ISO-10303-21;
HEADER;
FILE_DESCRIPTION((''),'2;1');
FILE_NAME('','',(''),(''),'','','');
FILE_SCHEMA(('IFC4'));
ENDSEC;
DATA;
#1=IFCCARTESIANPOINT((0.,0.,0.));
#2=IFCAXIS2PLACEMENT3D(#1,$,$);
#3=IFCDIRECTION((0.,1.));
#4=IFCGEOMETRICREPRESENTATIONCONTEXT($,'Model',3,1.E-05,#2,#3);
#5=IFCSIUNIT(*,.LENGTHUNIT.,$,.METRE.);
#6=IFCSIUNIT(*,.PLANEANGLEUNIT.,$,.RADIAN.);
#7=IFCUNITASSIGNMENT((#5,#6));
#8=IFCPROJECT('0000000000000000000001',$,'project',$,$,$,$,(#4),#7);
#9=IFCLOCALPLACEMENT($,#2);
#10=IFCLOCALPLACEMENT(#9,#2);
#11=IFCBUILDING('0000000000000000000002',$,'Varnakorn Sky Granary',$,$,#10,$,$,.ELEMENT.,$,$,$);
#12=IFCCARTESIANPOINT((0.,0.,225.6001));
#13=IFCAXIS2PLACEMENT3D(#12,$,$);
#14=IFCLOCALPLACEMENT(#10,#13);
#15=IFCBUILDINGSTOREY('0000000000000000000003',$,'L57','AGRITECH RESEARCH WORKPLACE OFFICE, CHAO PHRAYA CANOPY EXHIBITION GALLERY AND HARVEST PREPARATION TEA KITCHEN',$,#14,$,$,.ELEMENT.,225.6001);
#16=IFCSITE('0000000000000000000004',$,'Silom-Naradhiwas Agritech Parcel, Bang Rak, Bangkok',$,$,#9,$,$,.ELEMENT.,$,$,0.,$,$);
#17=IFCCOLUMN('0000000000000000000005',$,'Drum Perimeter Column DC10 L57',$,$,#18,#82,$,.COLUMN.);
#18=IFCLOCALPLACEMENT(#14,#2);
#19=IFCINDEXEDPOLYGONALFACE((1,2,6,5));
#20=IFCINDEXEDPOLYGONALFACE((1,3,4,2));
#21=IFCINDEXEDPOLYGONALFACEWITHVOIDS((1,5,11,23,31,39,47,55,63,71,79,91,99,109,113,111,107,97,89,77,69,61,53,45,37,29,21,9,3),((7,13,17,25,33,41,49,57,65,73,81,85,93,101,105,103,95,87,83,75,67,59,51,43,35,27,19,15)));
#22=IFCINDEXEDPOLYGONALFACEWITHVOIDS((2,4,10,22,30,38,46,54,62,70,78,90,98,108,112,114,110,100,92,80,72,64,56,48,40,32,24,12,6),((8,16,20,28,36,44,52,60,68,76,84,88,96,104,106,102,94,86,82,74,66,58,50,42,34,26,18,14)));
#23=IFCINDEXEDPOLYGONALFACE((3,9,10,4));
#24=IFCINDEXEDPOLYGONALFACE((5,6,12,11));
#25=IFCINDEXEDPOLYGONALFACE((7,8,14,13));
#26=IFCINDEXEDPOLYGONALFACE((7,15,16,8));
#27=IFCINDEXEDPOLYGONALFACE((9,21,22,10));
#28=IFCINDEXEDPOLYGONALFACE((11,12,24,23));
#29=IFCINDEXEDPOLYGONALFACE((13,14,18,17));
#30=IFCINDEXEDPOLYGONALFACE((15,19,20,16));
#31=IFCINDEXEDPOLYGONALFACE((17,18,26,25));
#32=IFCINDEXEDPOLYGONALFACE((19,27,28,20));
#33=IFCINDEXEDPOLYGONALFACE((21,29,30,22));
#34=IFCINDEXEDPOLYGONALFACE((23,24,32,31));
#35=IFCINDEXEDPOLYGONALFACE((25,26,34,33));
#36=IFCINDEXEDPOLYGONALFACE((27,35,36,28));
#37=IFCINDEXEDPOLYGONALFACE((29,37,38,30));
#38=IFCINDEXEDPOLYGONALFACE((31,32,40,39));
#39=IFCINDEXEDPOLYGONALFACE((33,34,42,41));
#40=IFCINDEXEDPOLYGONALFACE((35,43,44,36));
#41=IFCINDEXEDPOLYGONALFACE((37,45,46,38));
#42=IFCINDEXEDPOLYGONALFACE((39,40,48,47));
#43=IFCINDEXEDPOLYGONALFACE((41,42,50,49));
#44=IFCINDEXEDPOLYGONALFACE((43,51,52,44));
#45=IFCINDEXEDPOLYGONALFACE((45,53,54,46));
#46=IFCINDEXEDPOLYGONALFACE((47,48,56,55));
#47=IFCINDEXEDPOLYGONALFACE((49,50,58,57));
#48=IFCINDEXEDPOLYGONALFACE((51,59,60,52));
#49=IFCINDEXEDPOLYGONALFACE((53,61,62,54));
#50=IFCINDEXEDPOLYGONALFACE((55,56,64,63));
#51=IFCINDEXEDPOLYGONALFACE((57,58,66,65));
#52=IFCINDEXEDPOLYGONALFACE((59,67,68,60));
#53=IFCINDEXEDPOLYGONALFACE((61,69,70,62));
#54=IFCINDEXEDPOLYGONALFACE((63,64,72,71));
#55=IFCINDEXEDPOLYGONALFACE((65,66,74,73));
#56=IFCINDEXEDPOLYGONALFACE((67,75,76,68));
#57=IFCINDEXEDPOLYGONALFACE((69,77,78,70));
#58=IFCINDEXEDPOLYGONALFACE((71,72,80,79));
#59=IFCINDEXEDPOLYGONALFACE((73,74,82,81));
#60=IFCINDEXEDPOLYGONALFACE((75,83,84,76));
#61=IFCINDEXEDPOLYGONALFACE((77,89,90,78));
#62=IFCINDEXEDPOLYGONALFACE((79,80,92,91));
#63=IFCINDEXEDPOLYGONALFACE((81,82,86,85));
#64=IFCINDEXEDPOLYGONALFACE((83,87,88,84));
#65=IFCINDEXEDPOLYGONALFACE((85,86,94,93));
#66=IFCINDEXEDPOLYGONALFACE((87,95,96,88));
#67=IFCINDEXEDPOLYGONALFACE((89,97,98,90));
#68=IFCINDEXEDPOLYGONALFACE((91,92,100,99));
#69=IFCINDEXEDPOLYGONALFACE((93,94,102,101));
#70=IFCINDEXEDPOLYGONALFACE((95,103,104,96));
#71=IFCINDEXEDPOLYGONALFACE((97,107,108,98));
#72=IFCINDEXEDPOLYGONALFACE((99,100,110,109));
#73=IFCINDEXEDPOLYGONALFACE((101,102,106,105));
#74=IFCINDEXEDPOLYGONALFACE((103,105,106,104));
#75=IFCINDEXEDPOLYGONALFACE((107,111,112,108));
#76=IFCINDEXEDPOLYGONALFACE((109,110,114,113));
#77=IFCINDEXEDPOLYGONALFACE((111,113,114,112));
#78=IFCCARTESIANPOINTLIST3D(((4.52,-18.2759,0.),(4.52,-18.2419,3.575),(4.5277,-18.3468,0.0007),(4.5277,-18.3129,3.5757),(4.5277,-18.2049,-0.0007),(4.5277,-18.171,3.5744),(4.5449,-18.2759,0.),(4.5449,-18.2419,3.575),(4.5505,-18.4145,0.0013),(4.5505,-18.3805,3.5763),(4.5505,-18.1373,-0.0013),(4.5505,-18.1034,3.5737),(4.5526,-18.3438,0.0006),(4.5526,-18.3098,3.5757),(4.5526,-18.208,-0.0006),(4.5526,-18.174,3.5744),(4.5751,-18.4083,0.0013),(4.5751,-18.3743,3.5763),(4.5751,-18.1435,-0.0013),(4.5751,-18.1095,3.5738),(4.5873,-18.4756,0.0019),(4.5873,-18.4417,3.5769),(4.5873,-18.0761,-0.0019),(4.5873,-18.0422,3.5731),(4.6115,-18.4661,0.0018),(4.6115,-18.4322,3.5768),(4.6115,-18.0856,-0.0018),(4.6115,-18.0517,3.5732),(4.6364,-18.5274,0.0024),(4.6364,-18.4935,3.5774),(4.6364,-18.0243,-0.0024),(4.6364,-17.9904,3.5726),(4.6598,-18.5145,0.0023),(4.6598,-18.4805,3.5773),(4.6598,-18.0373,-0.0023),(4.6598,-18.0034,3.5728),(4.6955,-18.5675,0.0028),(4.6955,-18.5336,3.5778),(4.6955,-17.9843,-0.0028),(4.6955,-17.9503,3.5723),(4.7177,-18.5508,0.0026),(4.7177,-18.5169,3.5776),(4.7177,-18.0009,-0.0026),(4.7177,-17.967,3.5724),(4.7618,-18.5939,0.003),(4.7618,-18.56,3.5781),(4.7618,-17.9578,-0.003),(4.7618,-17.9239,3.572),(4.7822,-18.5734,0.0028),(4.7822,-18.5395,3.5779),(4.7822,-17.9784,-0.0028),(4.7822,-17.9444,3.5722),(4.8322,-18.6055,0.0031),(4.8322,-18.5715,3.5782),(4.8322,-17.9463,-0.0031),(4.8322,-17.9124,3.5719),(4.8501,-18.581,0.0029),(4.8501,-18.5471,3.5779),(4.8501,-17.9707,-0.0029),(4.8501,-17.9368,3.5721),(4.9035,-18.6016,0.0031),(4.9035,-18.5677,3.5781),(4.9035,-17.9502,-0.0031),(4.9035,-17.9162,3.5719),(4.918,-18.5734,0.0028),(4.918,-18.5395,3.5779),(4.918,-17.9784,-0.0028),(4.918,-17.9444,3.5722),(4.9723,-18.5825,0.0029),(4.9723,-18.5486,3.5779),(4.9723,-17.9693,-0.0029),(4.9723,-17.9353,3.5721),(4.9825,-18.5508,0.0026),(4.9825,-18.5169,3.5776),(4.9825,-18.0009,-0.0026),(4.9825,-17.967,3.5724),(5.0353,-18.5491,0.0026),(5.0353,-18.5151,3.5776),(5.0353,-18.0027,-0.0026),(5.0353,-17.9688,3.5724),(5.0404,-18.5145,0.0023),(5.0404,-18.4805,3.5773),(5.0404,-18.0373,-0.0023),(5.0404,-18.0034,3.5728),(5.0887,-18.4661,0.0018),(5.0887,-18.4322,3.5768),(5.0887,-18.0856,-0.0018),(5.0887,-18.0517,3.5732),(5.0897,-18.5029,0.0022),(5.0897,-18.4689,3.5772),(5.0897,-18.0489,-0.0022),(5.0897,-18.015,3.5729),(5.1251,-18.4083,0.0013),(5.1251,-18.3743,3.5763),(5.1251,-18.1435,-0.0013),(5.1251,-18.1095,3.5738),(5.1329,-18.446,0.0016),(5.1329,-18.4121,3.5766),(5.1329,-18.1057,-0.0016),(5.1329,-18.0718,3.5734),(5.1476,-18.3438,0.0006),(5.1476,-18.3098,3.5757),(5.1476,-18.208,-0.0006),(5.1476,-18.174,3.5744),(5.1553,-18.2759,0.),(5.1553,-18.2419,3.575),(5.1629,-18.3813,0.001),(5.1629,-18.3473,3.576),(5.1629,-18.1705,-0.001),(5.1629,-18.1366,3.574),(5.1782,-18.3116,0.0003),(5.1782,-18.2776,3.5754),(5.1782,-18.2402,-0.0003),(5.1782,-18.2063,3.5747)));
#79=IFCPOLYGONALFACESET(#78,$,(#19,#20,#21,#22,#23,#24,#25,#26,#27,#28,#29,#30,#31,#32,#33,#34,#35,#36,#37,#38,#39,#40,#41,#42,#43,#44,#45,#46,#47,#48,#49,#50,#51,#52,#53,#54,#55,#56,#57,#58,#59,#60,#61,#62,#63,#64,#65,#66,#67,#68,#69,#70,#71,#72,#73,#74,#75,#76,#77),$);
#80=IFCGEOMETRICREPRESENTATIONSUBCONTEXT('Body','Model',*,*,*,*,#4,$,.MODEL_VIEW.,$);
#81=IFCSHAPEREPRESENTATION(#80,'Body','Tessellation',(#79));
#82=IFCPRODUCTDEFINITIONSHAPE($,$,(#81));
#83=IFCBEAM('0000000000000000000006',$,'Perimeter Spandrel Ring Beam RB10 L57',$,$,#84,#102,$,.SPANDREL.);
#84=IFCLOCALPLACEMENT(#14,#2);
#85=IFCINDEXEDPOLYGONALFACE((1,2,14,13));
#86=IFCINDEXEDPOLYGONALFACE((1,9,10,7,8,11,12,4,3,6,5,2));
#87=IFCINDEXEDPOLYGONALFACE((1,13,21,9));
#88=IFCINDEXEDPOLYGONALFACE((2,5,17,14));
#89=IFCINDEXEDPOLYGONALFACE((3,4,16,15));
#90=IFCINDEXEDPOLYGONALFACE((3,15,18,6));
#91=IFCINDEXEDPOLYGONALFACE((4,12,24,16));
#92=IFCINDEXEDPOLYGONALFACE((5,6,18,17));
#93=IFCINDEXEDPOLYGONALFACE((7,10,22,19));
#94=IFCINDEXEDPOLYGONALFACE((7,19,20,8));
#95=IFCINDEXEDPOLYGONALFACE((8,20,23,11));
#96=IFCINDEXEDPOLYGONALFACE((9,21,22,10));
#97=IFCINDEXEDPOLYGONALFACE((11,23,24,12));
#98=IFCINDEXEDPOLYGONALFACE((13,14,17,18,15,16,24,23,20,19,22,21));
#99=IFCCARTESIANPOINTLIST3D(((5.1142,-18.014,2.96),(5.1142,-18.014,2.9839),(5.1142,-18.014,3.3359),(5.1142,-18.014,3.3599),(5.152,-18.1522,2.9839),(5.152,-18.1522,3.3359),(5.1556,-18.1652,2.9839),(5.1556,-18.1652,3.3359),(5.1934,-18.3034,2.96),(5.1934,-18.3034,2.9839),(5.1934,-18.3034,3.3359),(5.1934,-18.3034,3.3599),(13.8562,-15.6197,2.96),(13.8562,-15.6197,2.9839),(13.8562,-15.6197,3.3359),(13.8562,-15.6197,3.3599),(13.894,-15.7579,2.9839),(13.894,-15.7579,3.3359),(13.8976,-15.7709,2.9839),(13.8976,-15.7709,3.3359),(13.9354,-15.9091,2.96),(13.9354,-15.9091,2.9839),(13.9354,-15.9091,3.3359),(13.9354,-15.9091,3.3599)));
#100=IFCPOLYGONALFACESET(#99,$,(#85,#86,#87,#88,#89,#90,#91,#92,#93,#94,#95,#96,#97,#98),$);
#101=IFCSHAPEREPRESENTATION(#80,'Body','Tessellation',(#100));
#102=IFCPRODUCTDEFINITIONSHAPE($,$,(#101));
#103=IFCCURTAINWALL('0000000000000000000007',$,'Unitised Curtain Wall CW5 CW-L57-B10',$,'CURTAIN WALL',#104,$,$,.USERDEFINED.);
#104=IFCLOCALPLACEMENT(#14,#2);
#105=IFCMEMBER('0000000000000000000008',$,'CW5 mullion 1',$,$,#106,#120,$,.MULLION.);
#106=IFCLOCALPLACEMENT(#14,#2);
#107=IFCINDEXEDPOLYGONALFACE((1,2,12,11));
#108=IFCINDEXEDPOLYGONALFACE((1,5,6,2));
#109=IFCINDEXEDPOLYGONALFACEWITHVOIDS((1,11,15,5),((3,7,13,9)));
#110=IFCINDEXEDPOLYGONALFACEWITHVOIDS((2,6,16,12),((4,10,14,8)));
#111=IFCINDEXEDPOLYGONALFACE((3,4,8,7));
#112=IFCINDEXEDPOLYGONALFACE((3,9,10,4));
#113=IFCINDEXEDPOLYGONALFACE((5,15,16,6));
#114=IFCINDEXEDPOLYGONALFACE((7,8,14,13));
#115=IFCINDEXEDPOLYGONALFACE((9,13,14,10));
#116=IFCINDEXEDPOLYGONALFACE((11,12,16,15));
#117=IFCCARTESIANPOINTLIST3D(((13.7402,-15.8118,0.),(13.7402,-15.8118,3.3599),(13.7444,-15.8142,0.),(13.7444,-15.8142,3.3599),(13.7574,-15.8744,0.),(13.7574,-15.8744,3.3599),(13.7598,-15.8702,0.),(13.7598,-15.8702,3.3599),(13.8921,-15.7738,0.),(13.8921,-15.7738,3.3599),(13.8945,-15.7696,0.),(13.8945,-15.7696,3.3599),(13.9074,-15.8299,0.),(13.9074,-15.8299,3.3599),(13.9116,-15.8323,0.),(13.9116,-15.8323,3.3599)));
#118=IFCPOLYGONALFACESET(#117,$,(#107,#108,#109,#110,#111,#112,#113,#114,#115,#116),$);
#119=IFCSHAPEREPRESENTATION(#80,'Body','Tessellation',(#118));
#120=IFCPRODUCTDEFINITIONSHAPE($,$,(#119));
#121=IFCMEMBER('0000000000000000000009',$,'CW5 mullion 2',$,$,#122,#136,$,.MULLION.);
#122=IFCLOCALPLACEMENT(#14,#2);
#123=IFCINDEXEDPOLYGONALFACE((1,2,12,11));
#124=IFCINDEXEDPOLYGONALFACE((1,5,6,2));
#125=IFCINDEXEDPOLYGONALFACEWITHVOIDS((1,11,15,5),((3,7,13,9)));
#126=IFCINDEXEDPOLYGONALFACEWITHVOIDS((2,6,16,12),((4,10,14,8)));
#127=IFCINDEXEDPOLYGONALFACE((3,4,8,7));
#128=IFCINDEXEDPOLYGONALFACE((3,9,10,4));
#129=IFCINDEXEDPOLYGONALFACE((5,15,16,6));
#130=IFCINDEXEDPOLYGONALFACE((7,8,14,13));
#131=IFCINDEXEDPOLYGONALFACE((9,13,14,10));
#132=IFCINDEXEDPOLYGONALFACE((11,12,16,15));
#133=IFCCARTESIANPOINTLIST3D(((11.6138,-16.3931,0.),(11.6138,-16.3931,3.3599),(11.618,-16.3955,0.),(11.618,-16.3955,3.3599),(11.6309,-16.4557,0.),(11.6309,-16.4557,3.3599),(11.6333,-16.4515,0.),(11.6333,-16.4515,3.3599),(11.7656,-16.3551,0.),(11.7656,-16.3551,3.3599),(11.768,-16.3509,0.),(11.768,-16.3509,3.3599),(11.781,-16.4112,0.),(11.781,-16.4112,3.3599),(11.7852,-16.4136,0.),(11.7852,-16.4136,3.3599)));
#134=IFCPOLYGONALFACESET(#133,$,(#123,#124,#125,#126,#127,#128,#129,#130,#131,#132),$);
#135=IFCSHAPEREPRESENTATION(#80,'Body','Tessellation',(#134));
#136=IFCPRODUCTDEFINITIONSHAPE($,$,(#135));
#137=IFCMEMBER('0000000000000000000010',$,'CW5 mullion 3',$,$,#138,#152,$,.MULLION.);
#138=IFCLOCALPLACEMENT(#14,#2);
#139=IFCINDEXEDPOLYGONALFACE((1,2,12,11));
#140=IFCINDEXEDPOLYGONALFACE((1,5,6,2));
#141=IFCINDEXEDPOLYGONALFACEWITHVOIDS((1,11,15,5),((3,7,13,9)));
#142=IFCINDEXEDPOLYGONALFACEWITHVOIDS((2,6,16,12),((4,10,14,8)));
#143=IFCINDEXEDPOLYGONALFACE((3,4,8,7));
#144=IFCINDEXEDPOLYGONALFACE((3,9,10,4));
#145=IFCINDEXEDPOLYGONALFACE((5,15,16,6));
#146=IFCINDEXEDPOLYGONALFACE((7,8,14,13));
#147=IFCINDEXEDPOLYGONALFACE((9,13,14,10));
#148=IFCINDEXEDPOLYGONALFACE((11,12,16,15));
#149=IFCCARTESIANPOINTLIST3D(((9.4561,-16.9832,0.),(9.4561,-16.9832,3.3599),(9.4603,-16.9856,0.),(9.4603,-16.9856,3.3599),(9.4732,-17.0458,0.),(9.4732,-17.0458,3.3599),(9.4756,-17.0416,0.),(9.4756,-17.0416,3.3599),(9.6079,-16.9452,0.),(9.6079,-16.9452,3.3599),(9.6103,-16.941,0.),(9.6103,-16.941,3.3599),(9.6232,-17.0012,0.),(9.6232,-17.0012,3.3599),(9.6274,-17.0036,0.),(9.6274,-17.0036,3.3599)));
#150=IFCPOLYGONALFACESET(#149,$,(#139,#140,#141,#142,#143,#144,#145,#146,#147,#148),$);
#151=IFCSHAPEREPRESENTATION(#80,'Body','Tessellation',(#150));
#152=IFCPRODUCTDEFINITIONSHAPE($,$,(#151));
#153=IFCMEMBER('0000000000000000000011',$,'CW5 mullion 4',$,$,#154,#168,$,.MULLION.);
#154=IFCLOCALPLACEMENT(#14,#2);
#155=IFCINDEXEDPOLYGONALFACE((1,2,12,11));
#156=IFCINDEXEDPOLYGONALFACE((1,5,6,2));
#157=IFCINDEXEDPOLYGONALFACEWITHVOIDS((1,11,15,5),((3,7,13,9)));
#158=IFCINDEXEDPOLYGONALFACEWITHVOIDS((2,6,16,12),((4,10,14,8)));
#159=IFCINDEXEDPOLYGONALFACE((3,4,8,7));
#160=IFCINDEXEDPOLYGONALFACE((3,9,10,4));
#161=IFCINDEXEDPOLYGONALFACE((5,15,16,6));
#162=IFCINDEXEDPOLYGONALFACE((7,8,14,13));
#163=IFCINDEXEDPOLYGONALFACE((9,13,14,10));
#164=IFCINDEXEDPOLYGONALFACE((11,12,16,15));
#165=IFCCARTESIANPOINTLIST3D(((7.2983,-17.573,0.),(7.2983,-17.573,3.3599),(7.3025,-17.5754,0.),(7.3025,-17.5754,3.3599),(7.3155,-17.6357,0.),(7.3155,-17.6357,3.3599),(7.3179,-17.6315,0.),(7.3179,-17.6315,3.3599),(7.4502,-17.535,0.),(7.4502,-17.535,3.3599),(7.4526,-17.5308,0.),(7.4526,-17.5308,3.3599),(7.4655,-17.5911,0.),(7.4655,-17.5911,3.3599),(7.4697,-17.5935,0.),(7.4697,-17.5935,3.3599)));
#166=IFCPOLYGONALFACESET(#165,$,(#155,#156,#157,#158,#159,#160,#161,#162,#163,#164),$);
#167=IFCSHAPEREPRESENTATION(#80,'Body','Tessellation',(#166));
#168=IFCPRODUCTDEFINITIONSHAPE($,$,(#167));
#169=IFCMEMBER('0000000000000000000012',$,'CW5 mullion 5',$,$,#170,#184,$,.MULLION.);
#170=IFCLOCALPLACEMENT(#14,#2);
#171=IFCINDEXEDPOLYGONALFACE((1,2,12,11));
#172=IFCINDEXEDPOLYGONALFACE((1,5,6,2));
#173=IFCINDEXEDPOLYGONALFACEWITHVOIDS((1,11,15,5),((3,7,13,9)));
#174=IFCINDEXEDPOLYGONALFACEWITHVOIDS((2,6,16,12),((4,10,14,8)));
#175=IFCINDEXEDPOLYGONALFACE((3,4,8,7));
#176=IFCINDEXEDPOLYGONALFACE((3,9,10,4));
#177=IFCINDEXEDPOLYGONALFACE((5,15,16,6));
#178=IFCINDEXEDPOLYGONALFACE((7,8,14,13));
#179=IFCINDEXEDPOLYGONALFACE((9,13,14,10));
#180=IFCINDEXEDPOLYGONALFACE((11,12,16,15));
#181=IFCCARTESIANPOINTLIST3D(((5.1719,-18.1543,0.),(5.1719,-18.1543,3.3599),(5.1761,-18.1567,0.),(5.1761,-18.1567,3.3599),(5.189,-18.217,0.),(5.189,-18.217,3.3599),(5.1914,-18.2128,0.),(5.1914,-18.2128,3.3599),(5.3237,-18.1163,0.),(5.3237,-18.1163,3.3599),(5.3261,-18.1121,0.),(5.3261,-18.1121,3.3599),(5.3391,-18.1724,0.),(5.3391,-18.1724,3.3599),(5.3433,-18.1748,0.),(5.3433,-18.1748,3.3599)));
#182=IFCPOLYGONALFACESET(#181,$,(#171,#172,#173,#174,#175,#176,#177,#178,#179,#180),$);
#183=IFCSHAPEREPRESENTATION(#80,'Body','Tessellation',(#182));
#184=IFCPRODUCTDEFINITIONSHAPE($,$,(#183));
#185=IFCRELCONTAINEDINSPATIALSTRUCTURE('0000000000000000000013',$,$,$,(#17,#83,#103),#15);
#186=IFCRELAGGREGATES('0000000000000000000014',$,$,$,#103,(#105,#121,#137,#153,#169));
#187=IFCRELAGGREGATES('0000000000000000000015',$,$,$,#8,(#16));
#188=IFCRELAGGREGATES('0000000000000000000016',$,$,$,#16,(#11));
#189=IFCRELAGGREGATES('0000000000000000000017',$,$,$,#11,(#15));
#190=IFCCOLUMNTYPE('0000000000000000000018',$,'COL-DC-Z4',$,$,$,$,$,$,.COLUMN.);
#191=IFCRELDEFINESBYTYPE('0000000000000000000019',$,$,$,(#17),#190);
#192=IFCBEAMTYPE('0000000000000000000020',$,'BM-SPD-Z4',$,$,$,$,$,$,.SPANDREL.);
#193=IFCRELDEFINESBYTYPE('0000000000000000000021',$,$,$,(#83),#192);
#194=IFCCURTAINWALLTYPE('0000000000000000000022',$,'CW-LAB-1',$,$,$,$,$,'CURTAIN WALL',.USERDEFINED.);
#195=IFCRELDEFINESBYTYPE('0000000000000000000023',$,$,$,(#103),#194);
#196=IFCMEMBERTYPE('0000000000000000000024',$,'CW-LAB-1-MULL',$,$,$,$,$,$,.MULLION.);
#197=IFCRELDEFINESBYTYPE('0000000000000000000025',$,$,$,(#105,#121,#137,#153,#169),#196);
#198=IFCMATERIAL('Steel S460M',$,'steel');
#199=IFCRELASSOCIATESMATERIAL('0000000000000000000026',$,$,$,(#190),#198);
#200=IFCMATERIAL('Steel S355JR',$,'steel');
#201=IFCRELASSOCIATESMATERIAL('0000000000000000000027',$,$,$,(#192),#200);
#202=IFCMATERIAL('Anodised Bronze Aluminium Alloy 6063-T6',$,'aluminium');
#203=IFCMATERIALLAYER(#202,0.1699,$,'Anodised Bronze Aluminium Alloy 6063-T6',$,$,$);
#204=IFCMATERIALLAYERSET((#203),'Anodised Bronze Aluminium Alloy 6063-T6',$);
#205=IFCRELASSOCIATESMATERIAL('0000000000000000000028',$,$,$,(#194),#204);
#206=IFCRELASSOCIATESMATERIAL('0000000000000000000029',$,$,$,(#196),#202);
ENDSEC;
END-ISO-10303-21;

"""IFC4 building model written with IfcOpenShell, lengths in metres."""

from ifc_helpers import new_model, si_unit, direction, frame, origin, origin_2d, place, context, subcontext, project, spatial, hollow_rectangle, hollow_circle, i_section, extrude, material, layer, layer_set, material_profile, profile_set, type_object, element, aggregate, save


model = new_model("IFC4")

# Units and contexts
model_context = context("Model", 3, precision=1e-05, world=origin(), true_north=direction((0.0, 1.0)))
body_context = subcontext(model_context, "Body", "Model", "MODEL_VIEW")
ifc_project = project(units=[si_unit("LENGTHUNIT", "METRE"), si_unit("PLANEANGLEUNIT", "RADIAN")], contexts=[model_context])

# Site, building, storey
site_placement = place(None, origin())
site = spatial("IfcSite", under=ifc_project, at=site_placement, Name="Silom-Naradhiwas Agritech Parcel, Bang Rak, Bangkok", CompositionType="ELEMENT", RefElevation=0.0)
building_placement = place(site_placement, origin())
building = spatial("IfcBuilding", under=site, at=building_placement, Name="Varnakorn Sky Granary", CompositionType="ELEMENT")
storey_placement = place(building_placement, frame((0.0, 0.0, 225.6001)))
storey = spatial("IfcBuildingStorey", under=building, at=storey_placement, Name="L57", Description="AGRITECH RESEARCH WORKPLACE OFFICE, CHAO PHRAYA CANOPY EXHIBITION GALLERY AND HARVEST PREPARATION TEA KITCHEN", CompositionType="ELEMENT", Elevation=225.6001)

# Column
ifc_material_1 = material(Name="Steel S460M", Category="steel")
ifc_material_profile_1 = material_profile(ifc_material_1, hollow_circle(Radius=0.3301, WallThickness=0.0249, at=origin_2d()), Name="CHS 660x25")
ifc_profile_set_1 = profile_set([ifc_material_profile_1], Name="Steel S460M")
column_type = type_object("IfcColumnType", Name="COL-DC-Z4", PredefinedType="COLUMN", material=ifc_profile_set_1)
column_placement = place(storey_placement, frame((4.8501, -18.2759, 0.0), z_axis=(0.0, 0.009492, 0.999955), x_axis=(-1.0, 0.0, 0.0)))
element("IfcColumn", 1, at=column_placement, inside=storey, type_object=column_type, Name="Drum Perimeter Column DC10 L57", PredefinedType="COLUMN", context=body_context, shape_type="SweptSolid", body=[
    extrude(hollow_circle(Radius=0.3301, WallThickness=0.0249, at=origin_2d()), origin(), (0.0, 0.0, 1.0), 3.5752),
])

# Beam
ifc_material_2 = material(Name="Steel S355JR", Category="steel")
ifc_material_profile_2 = material_profile(ifc_material_2, i_section(OverallWidth=0.3, OverallDepth=0.3999, WebThickness=0.0134, FlangeThickness=0.0239, at=origin_2d()), Name="HE 400 B")
ifc_profile_set_2 = profile_set([ifc_material_profile_2], Name="Steel S355JR")
beam_type = type_object("IfcBeamType", Name="BM-SPD-Z4", PredefinedType="SPANDREL", material=ifc_profile_set_2)
beam_placement = place(storey_placement, frame((5.1538, -18.1587, 3.1599), z_axis=(0.96448, 0.264157, 0.0), x_axis=(-0.264157, 0.96448, 0.0)))
element("IfcBeam", 2, at=beam_placement, inside=storey, type_object=beam_type, Name="Perimeter Spandrel Ring Beam RB10 L57", PredefinedType="SPANDREL", context=body_context, shape_type="SweptSolid", body=[
    extrude(i_section(OverallWidth=0.3, OverallDepth=0.3999, WebThickness=0.0134, FlangeThickness=0.0239, at=origin_2d()), origin(), (0.0, 0.0, 1.0), 9.064),
])

# Curtain wall, members
ifc_material_3 = material(Name="Anodised Bronze Aluminium Alloy 6063-T6", Category="aluminium")
ifc_layer_1 = layer(ifc_material_3, 0.1699, Name="Anodised Bronze Aluminium Alloy 6063-T6")
ifc_layer_set_1 = layer_set([ifc_layer_1], Name="Anodised Bronze Aluminium Alloy 6063-T6")
curtain_wall_type = type_object("IfcCurtainWallType", Name="CW-LAB-1", ElementType="CURTAIN WALL", PredefinedType="USERDEFINED", material=ifc_layer_set_1)
curtain_wall_placement = place(storey_placement, origin())
curtain_wall = element("IfcCurtainWall", 3, at=curtain_wall_placement, inside=storey, type_object=curtain_wall_type, Name="Unitised Curtain Wall CW5 CW-L57-B10", ObjectType="CURTAIN WALL", PredefinedType="USERDEFINED")
ifc_material_profile_3 = material_profile(ifc_material_3, hollow_rectangle(XDim=0.0649, YDim=0.1599, WallThickness=0.0034, at=origin_2d()), Name="ALU MULL 65x160")
ifc_profile_set_3 = profile_set([ifc_material_profile_3], Name="Anodised Bronze Aluminium Alloy 6063-T6")
member_type_1 = type_object("IfcMemberType", Name="CW-LAB-1-MULL", PredefinedType="MULLION", material=ifc_profile_set_3)
member_1_placement = place(storey_placement, frame((13.8259, -15.822, 0.0), z_axis=(0.0, 0.0, 1.0), x_axis=(0.263727, -0.964597, 0.0)))
member_1 = element("IfcMember", 4, at=member_1_placement, type_object=member_type_1, Name="CW5 mullion 1", PredefinedType="MULLION", context=body_context, shape_type="SweptSolid", body=[
    extrude(hollow_rectangle(XDim=0.0649, YDim=0.1599, WallThickness=0.0034, at=origin_2d()), origin(), (0.0, 0.0, 1.0), 3.3599),
])
member_2_placement = place(storey_placement, frame((11.6995, -16.4033, 0.0), z_axis=(0.0, 0.0, 1.0), x_axis=(0.263727, -0.964597, 0.0)))
member_2 = element("IfcMember", 5, at=member_2_placement, type_object=member_type_1, Name="CW5 mullion 2", PredefinedType="MULLION", context=body_context, shape_type="SweptSolid", body=[
    extrude(hollow_rectangle(XDim=0.0649, YDim=0.1599, WallThickness=0.0034, at=origin_2d()), origin(), (0.0, 0.0, 1.0), 3.3599),
])
member_3_placement = place(storey_placement, frame((9.5417, -16.9934, 0.0), z_axis=(0.0, 0.0, 1.0), x_axis=(0.263727, -0.964597, 0.0)))
member_3 = element("IfcMember", 6, at=member_3_placement, type_object=member_type_1, Name="CW5 mullion 3", PredefinedType="MULLION", context=body_context, shape_type="SweptSolid", body=[
    extrude(hollow_rectangle(XDim=0.0649, YDim=0.1599, WallThickness=0.0034, at=origin_2d()), origin(), (0.0, 0.0, 1.0), 3.3599),
])
member_4_placement = place(storey_placement, frame((7.384, -17.5833, 0.0), z_axis=(0.0, 0.0, 1.0), x_axis=(0.263727, -0.964597, 0.0)))
member_4 = element("IfcMember", 7, at=member_4_placement, type_object=member_type_1, Name="CW5 mullion 4", PredefinedType="MULLION", context=body_context, shape_type="SweptSolid", body=[
    extrude(hollow_rectangle(XDim=0.0649, YDim=0.1599, WallThickness=0.0034, at=origin_2d()), origin(), (0.0, 0.0, 1.0), 3.3599),
])
member_5_placement = place(storey_placement, frame((5.2576, -18.1646, 0.0), z_axis=(0.0, 0.0, 1.0), x_axis=(0.263727, -0.964597, 0.0)))
member_5 = element("IfcMember", 8, at=member_5_placement, type_object=member_type_1, Name="CW5 mullion 5", PredefinedType="MULLION", context=body_context, shape_type="SweptSolid", body=[
    extrude(hollow_rectangle(XDim=0.0649, YDim=0.1599, WallThickness=0.0034, at=origin_2d()), origin(), (0.0, 0.0, 1.0), 3.3599),
])
aggregate(curtain_wall, [member_1, member_2, member_3, member_4, member_5])

save(model, "model.ifc")
